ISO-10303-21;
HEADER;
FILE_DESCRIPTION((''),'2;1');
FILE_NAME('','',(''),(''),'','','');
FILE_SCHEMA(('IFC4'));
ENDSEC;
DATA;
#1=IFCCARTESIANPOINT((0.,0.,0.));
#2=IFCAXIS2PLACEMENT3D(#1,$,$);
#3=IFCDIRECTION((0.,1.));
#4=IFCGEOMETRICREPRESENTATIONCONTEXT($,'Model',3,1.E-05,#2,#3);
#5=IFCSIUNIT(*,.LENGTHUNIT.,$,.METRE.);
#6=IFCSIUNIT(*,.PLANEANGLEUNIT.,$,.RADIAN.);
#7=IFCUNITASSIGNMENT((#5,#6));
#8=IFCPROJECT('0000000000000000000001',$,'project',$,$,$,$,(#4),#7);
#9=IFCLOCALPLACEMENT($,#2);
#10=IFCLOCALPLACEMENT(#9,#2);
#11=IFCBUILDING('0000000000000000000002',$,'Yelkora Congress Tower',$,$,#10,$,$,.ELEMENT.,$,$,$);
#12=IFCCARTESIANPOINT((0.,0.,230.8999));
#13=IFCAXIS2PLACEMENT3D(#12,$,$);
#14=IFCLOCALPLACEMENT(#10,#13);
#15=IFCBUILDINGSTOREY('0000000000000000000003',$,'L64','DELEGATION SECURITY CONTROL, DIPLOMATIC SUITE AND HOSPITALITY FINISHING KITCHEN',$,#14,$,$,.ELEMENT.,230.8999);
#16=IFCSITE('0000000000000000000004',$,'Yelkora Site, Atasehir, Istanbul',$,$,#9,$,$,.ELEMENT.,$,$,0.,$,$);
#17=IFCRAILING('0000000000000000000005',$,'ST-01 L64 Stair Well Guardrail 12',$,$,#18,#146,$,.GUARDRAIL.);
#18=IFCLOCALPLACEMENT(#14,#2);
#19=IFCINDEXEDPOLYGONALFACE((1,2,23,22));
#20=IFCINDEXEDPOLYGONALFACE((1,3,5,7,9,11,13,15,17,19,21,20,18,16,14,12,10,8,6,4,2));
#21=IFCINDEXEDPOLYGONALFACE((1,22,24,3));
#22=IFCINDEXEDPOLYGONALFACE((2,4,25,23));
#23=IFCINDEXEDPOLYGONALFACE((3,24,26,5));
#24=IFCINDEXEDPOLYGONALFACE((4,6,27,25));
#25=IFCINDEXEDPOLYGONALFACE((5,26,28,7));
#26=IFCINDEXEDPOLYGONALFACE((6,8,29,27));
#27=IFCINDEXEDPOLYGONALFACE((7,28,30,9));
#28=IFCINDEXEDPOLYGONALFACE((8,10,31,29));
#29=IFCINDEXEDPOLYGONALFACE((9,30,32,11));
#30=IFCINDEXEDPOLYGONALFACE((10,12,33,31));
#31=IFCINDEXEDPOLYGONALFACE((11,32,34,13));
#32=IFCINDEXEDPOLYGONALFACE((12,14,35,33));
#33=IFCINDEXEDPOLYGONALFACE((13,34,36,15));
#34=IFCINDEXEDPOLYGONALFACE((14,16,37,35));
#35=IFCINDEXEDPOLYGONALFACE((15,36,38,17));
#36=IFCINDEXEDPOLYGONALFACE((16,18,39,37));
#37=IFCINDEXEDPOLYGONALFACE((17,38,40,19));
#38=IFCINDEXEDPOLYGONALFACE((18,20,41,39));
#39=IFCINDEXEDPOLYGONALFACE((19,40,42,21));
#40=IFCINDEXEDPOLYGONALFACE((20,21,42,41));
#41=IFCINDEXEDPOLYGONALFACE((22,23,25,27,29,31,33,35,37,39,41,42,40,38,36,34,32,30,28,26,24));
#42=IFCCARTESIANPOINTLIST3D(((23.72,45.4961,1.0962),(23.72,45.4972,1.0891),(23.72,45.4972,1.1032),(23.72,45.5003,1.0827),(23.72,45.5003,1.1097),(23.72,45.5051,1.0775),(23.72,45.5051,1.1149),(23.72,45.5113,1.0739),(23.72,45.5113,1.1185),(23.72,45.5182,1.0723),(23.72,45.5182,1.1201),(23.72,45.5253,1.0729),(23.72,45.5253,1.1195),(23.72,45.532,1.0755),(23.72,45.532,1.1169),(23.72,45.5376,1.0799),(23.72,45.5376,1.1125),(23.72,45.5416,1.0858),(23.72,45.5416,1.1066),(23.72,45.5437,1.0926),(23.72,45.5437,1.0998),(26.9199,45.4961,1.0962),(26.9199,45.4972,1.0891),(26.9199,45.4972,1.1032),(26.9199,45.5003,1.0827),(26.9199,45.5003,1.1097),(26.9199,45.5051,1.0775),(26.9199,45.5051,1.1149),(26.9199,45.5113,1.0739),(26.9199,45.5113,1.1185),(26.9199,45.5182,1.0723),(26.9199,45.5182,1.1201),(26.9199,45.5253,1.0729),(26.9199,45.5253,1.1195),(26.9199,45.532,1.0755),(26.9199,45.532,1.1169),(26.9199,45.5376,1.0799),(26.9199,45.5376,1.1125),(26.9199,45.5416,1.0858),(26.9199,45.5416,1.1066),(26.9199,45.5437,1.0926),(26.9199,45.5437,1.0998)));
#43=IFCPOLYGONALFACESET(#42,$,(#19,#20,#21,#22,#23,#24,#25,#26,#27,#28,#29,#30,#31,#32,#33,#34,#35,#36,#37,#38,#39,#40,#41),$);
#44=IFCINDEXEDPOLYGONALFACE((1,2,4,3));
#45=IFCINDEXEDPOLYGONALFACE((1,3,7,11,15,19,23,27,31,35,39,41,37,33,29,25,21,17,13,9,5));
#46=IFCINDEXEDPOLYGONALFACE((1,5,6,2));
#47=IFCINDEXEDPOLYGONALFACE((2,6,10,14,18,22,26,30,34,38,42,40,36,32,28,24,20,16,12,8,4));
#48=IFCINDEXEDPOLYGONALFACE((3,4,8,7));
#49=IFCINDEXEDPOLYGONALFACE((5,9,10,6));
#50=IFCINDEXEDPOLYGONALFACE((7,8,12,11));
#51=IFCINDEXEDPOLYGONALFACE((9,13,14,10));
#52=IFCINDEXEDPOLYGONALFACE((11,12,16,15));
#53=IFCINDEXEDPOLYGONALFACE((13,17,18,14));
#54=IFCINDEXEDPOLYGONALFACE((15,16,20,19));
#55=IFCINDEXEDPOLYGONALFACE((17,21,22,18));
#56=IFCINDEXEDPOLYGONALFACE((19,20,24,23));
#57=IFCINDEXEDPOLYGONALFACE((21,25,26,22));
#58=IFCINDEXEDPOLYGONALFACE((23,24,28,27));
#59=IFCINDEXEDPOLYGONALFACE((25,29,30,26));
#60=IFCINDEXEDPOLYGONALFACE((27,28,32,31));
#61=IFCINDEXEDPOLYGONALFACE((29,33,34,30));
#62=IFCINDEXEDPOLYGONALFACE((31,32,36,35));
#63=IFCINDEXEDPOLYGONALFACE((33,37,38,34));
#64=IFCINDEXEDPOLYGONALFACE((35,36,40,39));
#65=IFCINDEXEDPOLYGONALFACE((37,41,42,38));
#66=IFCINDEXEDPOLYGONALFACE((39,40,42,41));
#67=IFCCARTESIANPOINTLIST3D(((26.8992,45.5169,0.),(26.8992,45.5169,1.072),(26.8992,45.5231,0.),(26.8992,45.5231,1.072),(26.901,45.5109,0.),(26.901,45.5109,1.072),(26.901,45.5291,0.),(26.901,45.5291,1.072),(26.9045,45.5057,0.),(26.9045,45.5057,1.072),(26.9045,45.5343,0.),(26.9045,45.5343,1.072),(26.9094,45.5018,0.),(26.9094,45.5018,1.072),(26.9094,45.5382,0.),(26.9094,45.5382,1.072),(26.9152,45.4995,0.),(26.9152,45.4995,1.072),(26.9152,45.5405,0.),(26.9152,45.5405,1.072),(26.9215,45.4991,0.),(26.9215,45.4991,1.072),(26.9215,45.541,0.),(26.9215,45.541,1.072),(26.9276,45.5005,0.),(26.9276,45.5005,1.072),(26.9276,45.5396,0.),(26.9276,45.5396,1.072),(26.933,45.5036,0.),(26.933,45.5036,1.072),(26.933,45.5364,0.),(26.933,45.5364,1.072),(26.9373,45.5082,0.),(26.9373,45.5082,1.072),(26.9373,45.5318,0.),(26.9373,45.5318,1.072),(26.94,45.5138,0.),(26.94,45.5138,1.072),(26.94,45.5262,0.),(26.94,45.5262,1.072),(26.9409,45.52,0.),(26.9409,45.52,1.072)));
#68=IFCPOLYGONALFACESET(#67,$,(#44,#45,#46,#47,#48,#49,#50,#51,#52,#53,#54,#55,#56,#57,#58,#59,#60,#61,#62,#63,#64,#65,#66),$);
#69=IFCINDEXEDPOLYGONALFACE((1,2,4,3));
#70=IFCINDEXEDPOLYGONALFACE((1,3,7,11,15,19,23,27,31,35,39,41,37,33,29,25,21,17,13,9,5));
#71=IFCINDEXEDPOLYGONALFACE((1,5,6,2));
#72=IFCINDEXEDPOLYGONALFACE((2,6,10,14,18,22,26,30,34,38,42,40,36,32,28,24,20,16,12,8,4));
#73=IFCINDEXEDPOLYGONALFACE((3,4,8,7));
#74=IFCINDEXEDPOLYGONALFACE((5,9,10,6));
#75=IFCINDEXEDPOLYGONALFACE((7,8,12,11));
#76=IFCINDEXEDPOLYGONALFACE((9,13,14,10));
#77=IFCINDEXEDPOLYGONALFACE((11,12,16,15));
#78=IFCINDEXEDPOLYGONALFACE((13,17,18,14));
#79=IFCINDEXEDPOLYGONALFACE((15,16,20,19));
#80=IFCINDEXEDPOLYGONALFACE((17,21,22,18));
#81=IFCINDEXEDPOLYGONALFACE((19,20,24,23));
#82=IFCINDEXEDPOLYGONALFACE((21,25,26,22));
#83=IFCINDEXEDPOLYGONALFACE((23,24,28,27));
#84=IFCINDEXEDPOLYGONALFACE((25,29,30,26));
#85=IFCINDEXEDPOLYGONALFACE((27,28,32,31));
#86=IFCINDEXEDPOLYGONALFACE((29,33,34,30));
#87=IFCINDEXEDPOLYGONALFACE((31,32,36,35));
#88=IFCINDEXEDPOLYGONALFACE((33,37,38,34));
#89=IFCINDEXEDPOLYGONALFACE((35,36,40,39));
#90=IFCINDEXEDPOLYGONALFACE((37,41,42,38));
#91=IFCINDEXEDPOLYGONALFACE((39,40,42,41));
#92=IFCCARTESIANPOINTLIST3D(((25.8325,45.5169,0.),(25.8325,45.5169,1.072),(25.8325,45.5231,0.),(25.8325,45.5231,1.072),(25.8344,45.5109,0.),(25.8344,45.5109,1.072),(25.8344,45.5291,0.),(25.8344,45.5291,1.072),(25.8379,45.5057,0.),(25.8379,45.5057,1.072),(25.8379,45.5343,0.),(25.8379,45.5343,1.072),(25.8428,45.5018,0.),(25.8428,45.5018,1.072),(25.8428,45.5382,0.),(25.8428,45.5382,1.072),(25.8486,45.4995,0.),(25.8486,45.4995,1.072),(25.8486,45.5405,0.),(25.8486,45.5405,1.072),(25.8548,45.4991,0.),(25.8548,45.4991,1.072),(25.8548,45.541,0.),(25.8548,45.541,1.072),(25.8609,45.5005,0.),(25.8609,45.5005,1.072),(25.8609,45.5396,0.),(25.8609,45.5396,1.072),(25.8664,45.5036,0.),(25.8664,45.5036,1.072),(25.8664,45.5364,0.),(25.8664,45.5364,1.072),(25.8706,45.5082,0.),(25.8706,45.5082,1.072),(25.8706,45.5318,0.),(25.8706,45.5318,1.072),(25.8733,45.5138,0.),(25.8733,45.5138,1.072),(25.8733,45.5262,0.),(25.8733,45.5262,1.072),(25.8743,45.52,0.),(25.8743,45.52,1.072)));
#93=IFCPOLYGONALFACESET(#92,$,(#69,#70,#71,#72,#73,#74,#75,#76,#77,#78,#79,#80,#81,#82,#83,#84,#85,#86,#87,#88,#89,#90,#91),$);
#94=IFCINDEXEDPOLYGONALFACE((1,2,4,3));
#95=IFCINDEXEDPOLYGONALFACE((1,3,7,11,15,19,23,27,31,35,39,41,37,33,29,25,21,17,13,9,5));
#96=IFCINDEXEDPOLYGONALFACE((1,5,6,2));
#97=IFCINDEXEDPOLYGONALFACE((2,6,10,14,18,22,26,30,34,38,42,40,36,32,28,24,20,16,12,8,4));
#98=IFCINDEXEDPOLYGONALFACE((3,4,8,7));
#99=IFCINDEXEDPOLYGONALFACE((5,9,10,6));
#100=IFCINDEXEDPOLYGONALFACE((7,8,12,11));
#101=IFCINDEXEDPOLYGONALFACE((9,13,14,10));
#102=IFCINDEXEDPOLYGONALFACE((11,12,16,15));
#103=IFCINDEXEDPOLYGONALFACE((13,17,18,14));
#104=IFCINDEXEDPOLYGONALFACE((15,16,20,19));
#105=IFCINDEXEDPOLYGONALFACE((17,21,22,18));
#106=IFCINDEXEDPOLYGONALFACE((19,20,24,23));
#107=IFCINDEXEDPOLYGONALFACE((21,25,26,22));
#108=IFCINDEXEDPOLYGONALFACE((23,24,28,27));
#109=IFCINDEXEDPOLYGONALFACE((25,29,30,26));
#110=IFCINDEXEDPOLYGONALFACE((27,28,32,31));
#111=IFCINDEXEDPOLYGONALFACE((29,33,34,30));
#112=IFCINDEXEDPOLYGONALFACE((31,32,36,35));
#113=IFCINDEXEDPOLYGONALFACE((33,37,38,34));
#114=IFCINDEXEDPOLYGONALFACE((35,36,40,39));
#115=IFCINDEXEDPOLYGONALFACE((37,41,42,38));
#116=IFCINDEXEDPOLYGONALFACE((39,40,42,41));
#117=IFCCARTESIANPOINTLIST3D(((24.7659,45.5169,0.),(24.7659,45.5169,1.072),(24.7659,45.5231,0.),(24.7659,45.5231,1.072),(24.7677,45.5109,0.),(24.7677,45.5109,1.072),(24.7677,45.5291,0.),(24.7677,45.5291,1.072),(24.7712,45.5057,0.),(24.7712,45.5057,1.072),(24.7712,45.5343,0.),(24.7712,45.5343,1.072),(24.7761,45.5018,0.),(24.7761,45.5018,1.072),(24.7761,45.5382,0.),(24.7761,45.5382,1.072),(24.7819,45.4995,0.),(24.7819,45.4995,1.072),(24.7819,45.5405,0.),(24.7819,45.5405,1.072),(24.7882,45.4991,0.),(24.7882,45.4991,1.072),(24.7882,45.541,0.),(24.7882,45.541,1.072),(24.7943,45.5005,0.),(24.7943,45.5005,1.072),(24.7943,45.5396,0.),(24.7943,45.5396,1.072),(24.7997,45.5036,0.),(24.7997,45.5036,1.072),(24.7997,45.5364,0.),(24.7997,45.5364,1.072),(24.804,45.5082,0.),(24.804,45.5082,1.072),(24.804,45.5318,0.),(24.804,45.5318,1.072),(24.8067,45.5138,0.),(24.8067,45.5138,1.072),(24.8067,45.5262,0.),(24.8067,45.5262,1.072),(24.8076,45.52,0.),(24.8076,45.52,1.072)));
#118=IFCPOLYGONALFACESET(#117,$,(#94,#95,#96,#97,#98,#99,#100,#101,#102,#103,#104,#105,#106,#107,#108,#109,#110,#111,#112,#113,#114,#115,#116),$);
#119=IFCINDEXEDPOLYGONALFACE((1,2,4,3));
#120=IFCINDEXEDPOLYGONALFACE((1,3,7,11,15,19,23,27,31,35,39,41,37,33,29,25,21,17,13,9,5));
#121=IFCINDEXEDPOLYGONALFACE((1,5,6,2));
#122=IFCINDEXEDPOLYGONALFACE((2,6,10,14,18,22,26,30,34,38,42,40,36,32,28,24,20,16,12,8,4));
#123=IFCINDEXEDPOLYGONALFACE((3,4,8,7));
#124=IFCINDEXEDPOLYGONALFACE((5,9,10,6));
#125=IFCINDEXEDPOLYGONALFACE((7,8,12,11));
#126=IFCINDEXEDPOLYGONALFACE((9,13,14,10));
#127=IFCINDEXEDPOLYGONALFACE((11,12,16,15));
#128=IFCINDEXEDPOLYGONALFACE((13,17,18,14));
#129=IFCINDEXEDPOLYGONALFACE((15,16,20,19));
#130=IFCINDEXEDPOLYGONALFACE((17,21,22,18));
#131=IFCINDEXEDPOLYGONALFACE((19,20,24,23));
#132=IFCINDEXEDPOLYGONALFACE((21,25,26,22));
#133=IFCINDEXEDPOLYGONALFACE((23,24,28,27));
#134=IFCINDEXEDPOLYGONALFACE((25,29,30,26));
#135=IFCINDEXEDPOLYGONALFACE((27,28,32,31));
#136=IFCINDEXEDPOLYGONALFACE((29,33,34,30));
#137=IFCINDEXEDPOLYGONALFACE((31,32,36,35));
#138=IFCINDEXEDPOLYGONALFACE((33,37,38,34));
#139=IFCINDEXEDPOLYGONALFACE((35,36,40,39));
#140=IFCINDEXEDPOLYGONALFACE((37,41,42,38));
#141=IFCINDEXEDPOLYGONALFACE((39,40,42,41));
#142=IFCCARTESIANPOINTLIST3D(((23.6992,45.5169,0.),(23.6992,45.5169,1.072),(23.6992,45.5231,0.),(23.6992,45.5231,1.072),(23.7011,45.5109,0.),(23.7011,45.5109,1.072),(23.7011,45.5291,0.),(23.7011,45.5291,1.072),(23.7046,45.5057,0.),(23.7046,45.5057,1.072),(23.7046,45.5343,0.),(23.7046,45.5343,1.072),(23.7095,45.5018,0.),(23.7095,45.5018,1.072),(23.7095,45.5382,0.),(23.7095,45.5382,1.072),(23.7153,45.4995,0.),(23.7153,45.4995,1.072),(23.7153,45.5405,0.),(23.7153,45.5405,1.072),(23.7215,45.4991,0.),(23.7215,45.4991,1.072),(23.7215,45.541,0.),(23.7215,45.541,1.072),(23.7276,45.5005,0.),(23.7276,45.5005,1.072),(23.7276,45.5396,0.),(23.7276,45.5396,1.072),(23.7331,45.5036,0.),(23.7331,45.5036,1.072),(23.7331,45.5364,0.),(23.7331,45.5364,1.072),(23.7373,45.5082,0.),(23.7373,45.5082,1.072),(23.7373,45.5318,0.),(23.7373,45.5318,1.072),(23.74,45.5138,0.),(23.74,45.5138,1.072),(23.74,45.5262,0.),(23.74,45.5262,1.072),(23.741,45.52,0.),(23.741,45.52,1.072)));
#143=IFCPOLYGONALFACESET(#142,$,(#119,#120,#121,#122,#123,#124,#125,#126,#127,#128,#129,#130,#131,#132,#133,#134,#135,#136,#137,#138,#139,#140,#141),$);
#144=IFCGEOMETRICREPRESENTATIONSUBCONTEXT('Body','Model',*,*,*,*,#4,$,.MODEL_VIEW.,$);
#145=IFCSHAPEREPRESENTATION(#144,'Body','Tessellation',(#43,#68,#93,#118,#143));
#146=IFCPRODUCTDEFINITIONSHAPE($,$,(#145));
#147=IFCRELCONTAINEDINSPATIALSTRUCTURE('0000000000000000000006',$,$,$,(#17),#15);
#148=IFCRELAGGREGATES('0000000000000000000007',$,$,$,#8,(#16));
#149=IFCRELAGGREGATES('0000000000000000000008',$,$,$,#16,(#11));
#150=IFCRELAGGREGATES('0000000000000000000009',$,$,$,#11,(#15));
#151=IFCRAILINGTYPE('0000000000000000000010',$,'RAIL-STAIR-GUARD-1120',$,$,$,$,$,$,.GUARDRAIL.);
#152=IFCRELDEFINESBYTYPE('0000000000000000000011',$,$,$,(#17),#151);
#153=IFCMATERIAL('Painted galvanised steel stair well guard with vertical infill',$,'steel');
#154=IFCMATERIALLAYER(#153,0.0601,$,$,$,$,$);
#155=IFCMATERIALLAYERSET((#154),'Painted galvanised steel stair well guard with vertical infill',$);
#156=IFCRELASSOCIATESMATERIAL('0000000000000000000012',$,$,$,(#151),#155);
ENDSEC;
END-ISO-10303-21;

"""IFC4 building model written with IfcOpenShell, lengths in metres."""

from ifc_helpers import new_model, si_unit, direction, frame, origin, origin_2d, place, context, subcontext, project, spatial, circle, extrude, material, layer, layer_set, type_object, element, save


model = new_model("IFC4")

# Units and contexts
model_context = context("Model", 3, precision=1e-05, world=origin(), true_north=direction((0.0, 1.0)))
body_context = subcontext(model_context, "Body", "Model", "MODEL_VIEW")
ifc_project = project(units=[si_unit("LENGTHUNIT", "METRE"), si_unit("PLANEANGLEUNIT", "RADIAN")], contexts=[model_context])

# Site, building, storey
site_placement = place(None, origin())
site = spatial("IfcSite", under=ifc_project, at=site_placement, Name="Yelkora Site, Atasehir, Istanbul", CompositionType="ELEMENT", RefElevation=0.0)
building_placement = place(site_placement, origin())
building = spatial("IfcBuilding", under=site, at=building_placement, Name="Yelkora Congress Tower", CompositionType="ELEMENT")
storey_placement = place(building_placement, frame((0.0, 0.0, 230.8999)))
storey = spatial("IfcBuildingStorey", under=building, at=storey_placement, Name="L64", Description="DELEGATION SECURITY CONTROL, DIPLOMATIC SUITE AND HOSPITALITY FINISHING KITCHEN", CompositionType="ELEMENT", Elevation=230.8999)

# Railing
ifc_material_1 = material(Name="Painted galvanised steel stair well guard with vertical infill", Category="steel")
ifc_layer_1 = layer(ifc_material_1, 0.0601)
ifc_layer_set_1 = layer_set([ifc_layer_1], Name="Painted galvanised steel stair well guard with vertical infill")
railing_type_1 = type_object("IfcRailingType", Name="RAIL-STAIR-GUARD-1120", PredefinedType="GUARDRAIL", material=ifc_layer_set_1)
railing_1_placement = place(storey_placement, frame((26.9199, 45.52, 0.0)))
element("IfcRailing", 1, at=railing_1_placement, inside=storey, type_object=railing_type_1, Name="ST-01 L64 Stair Well Guardrail 12", PredefinedType="GUARDRAIL", context=body_context, shape_type="SweptSolid", body=[
    extrude(circle(Radius=0.0239, at=origin_2d()), frame((0.0, 0.0, 1.0962), z_axis=(-1.0, 0.0, 0.0), x_axis=(0.0, -1.0, 0.0)), (0.0, 0.0, 1.0), 3.2),
    extrude(circle(Radius=0.021, at=origin_2d()), origin(), (0.0, 0.0, 1.0), 1.072),
    extrude(circle(Radius=0.021, at=origin_2d()), frame((-1.0667, 0.0, 0.0)), (0.0, 0.0, 1.0), 1.072),
    extrude(circle(Radius=0.021, at=origin_2d()), frame((-2.1333, 0.0, 0.0)), (0.0, 0.0, 1.0), 1.072),
    extrude(circle(Radius=0.021, at=origin_2d()), frame((-3.2, 0.0, 0.0)), (0.0, 0.0, 1.0), 1.072),
])

save(model, "model.ifc")
